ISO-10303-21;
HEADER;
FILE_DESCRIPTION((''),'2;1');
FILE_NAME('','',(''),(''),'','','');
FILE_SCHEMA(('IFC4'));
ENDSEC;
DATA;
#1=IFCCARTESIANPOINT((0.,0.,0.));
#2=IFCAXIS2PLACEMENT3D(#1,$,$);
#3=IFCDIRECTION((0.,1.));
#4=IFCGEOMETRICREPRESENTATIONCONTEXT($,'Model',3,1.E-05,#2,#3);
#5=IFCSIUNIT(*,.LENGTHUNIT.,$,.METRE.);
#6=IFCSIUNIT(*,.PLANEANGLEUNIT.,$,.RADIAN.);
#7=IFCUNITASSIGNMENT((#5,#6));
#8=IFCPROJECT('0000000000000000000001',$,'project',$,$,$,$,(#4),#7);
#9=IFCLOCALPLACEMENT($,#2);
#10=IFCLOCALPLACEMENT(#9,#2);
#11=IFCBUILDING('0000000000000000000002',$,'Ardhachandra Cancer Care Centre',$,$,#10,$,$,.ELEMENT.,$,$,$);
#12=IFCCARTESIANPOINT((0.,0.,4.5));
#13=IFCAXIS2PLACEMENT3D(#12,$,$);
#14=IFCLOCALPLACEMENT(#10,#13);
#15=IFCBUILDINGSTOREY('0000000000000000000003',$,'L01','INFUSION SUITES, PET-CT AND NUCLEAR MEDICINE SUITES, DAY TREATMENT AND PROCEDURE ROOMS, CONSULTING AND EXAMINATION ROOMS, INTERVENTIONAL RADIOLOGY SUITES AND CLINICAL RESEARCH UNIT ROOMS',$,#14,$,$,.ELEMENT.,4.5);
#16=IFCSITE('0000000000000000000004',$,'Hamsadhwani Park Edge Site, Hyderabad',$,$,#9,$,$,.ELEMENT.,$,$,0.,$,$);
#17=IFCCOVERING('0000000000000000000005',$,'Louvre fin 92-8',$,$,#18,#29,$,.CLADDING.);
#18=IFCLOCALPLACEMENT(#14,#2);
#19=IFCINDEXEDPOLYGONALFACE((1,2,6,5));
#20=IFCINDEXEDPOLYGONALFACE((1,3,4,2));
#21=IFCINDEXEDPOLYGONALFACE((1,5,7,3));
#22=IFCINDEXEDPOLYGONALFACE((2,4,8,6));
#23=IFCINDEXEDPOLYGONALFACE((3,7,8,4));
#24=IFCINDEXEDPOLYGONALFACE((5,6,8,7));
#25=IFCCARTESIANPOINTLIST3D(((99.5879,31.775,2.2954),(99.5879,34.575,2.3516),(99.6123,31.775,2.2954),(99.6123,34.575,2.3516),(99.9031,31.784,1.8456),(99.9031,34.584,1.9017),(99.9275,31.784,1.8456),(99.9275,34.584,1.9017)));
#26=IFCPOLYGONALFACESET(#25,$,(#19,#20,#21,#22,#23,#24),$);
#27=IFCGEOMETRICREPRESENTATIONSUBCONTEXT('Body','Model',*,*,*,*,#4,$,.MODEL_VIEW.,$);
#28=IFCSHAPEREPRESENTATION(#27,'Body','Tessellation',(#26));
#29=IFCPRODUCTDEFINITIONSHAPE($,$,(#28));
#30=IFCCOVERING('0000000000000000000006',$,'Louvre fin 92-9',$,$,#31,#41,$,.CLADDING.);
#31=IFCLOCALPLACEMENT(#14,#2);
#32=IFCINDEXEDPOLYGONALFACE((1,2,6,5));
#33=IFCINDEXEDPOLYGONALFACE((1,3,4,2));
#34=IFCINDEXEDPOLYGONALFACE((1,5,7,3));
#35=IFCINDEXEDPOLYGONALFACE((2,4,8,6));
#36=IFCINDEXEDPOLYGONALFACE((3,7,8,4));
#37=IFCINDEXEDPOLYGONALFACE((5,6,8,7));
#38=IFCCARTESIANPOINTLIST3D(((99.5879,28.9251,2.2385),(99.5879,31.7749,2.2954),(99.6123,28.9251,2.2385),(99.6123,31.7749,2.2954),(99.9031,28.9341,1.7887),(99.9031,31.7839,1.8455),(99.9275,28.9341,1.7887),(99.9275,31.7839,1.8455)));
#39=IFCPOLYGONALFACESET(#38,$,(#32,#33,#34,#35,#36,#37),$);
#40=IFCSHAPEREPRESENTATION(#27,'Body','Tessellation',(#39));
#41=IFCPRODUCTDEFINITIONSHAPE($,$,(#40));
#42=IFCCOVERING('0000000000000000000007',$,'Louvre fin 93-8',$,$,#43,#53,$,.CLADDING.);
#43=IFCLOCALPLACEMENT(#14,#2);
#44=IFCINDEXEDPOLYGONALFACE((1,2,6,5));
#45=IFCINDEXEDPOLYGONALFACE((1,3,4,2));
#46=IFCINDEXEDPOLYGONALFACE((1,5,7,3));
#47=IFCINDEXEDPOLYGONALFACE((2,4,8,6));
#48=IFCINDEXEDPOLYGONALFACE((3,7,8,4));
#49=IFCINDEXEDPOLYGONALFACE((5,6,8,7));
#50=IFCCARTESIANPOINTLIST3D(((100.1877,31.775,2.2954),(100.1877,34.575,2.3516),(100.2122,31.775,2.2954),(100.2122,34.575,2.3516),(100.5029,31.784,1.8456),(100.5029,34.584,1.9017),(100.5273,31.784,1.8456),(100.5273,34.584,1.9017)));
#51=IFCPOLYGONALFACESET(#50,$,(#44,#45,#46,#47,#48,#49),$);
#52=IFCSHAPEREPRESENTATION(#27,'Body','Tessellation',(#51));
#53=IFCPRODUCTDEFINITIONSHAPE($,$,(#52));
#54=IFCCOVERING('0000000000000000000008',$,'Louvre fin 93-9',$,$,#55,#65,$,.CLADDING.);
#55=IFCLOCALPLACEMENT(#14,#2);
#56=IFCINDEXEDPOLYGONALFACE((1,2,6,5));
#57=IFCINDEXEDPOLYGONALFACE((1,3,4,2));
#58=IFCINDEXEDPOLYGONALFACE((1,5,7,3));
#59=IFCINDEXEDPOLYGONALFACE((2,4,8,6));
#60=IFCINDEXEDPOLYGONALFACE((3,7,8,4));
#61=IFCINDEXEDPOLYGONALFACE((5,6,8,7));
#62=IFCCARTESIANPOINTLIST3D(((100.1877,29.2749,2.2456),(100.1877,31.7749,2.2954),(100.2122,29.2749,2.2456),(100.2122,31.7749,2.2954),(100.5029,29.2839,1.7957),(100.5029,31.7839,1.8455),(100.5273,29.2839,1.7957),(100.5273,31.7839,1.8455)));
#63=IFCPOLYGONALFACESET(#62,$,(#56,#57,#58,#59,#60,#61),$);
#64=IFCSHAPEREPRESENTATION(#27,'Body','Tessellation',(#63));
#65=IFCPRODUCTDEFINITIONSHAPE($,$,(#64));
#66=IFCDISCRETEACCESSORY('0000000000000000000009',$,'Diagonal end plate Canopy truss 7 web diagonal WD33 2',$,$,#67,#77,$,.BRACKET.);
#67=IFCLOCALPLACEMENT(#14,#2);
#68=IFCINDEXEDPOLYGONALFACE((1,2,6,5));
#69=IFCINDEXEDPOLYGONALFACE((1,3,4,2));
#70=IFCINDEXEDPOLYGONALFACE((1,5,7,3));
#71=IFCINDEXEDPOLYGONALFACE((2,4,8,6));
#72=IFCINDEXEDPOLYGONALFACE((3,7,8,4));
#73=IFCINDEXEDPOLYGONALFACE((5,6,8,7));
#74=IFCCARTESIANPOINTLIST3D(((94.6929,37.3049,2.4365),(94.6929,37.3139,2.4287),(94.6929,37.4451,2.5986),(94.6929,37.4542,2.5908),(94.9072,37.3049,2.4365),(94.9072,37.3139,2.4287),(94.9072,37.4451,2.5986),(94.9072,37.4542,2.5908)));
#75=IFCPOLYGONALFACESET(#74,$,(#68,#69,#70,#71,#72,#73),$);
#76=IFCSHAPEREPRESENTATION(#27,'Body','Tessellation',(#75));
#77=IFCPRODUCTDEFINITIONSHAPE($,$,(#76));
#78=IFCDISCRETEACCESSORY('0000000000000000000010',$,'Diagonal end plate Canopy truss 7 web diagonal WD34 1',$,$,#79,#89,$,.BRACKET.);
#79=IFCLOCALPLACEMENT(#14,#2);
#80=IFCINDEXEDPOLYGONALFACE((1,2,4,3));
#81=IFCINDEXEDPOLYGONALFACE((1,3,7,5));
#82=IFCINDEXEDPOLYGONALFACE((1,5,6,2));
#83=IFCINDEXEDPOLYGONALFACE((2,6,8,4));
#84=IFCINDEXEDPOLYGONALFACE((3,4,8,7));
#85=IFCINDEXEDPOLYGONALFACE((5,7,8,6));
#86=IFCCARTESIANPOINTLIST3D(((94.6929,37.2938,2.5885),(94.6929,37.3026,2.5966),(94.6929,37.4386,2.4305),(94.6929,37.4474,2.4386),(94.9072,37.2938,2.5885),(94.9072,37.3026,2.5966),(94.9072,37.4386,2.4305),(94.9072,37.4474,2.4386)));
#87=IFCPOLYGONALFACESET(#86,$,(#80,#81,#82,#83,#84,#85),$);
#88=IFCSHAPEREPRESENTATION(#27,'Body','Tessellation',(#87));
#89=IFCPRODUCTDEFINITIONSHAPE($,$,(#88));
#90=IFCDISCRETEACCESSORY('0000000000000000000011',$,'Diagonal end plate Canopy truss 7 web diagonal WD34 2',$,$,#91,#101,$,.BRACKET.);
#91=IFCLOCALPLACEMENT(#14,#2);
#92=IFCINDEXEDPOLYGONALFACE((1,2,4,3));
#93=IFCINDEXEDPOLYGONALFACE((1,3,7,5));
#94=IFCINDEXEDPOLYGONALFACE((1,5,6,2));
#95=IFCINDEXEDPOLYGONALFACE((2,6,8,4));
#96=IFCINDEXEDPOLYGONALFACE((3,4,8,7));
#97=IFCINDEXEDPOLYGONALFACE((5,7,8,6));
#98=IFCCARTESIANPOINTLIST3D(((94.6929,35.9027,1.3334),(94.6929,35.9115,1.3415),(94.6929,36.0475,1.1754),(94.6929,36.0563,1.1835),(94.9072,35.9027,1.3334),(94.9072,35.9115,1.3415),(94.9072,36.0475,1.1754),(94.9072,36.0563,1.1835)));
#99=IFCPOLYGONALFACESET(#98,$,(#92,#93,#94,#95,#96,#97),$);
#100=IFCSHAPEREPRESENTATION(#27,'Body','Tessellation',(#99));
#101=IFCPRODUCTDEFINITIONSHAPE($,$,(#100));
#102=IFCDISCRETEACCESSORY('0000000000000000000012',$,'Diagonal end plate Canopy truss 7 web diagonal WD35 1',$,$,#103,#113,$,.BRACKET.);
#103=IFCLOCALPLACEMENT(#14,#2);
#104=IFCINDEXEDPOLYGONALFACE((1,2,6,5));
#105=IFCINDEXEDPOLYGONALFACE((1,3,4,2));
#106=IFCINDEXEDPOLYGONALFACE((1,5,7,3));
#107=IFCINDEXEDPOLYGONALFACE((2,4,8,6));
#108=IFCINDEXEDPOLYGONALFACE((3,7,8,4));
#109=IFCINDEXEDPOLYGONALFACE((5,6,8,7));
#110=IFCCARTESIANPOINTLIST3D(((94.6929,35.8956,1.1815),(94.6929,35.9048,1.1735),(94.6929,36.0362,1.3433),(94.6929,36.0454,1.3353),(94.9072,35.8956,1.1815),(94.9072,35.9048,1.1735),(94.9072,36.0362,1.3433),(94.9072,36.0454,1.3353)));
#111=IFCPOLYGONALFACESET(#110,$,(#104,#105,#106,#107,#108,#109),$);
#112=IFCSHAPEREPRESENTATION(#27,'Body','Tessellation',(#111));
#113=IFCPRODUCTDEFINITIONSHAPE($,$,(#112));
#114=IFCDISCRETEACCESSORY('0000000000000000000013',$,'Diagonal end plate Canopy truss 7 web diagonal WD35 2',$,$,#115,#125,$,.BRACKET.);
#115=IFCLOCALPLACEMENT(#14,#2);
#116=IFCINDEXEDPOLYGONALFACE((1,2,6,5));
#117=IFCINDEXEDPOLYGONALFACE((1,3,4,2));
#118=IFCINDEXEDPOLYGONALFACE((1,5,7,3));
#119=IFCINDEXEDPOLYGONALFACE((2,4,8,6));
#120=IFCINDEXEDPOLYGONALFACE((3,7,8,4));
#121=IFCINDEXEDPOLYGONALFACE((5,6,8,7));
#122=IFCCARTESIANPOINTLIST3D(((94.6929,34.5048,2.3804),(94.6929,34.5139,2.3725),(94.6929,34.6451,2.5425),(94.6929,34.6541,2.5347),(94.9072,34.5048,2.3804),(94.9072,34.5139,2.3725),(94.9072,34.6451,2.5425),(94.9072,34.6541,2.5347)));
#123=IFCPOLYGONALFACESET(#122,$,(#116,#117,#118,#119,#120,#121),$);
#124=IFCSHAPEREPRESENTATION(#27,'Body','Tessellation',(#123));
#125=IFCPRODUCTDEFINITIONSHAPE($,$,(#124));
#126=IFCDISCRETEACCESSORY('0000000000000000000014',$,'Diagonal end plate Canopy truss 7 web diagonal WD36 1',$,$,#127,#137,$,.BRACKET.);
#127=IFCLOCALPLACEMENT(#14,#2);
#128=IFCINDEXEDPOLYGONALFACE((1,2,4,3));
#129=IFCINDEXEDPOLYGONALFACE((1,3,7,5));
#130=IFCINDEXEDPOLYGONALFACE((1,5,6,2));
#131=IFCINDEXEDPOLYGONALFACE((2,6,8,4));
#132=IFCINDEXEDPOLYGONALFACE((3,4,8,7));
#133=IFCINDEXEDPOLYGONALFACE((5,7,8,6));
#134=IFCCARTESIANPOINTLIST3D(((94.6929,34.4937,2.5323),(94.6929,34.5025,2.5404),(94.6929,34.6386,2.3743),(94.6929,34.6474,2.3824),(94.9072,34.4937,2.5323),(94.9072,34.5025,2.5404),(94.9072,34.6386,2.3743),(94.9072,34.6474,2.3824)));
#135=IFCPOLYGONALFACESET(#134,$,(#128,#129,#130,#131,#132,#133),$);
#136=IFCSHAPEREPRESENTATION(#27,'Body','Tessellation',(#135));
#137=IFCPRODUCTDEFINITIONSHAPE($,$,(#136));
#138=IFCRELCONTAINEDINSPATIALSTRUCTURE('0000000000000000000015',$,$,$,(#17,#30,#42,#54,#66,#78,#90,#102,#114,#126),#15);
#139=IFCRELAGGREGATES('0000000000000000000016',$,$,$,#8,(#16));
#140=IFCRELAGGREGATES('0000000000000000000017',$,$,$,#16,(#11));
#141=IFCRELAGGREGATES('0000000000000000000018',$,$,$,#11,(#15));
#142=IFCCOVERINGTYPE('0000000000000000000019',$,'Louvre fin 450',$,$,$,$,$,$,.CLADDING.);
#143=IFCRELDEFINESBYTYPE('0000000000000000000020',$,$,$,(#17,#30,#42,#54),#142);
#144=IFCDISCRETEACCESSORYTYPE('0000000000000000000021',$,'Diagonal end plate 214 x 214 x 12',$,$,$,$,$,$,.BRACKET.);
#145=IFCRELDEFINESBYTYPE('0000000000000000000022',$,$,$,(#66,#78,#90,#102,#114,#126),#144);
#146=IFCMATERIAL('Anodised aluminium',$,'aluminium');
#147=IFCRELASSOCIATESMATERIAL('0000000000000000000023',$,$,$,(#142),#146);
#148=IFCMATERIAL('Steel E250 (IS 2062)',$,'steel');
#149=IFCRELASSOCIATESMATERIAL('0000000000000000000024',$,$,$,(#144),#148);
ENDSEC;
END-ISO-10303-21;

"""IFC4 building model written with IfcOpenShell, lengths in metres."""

from ifc_helpers import new_model, si_unit, direction, frame, origin, origin_2d, place, context, subcontext, project, spatial, polyline, rectangle, outline, extrude, material, material_profile, profile_set, type_object, element, save


model = new_model("IFC4")

# Units and contexts
model_context = context("Model", 3, precision=1e-05, world=origin(), true_north=direction((0.0, 1.0)))
body_context = subcontext(model_context, "Body", "Model", "MODEL_VIEW")
ifc_project = project(units=[si_unit("LENGTHUNIT", "METRE"), si_unit("PLANEANGLEUNIT", "RADIAN")], contexts=[model_context])

# Site, building, storey
site_placement = place(None, origin())
site = spatial("IfcSite", under=ifc_project, at=site_placement, Name="Hamsadhwani Park Edge Site, Hyderabad", CompositionType="ELEMENT", RefElevation=0.0)
building_placement = place(site_placement, origin())
building = spatial("IfcBuilding", under=site, at=building_placement, Name="Ardhachandra Cancer Care Centre", CompositionType="ELEMENT")
storey_placement = place(building_placement, frame((0.0, 0.0, 4.5)))
storey = spatial("IfcBuildingStorey", under=building, at=storey_placement, Name="L01", Description="INFUSION SUITES, PET-CT AND NUCLEAR MEDICINE SUITES, DAY TREATMENT AND PROCEDURE ROOMS, CONSULTING AND EXAMINATION ROOMS, INTERVENTIONAL RADIOLOGY SUITES AND CLINICAL RESEARCH UNIT ROOMS", CompositionType="ELEMENT", Elevation=4.5)

# Coverings
ifc_material_1 = material(Name="Anodised aluminium", Category="aluminium")
ifc_material_profile_1 = material_profile(ifc_material_1, outline(polyline([(-0.0122, 0.0), (0.0122, 0.0), (0.3274, -0.45), (0.303, -0.45), (-0.0122, 0.0)])), Name="Louvre fin 450")
ifc_profile_set_1 = profile_set([ifc_material_profile_1], Name="Anodised aluminium")
covering_type = type_object("IfcCoveringType", Name="Louvre fin 450", PredefinedType="CLADDING", material=ifc_profile_set_1)
for number, where, z_axis, x_axis, name in (
    (1, (99.6001, 34.575, 2.3516), (0.0, -0.999799, -0.02005), (1.0, 0.0, 0.0), "Louvre fin 92-8"),
):
    element("IfcCovering", number, at=place(storey_placement, frame(where, z_axis=z_axis, x_axis=x_axis)), inside=storey, type_object=covering_type, Name=name, PredefinedType="CLADDING", context=body_context, shape_type="SweptSolid", body=[
        extrude(outline(polyline([(-0.0122, 0.0), (0.0122, 0.0), (0.3274, -0.45), (0.303, -0.45), (-0.0122, 0.0)])), origin(), (0.0, 0.0, 1.0), 2.8005),
    ])
covering_1_placement = place(storey_placement, frame((99.6001, 31.7749, 2.2954), z_axis=(0.0, -0.999801, -0.019957), x_axis=(1.0, 0.0, 0.0)))
element("IfcCovering", 2, at=covering_1_placement, inside=storey, type_object=covering_type, Name="Louvre fin 92-9", PredefinedType="CLADDING", context=body_context, shape_type="SweptSolid", body=[
    extrude(outline(polyline([(-0.0122, 0.0), (0.0122, 0.0), (0.3274, -0.45), (0.303, -0.45), (-0.0122, 0.0)])), origin(), (0.0, 0.0, 1.0), 2.8503),
])
covering_2_placement = place(storey_placement, frame((100.2, 34.575, 2.3516), z_axis=(0.0, -0.999799, -0.02005), x_axis=(1.0, 0.0, 0.0)))
element("IfcCovering", 3, at=covering_2_placement, inside=storey, type_object=covering_type, Name="Louvre fin 93-8", PredefinedType="CLADDING", context=body_context, shape_type="SweptSolid", body=[
    extrude(outline(polyline([(-0.0122, 0.0), (0.0122, 0.0), (0.3274, -0.45), (0.303, -0.45), (-0.0122, 0.0)])), origin(), (0.0, 0.0, 1.0), 2.8005),
])
covering_3_placement = place(storey_placement, frame((100.2, 31.7749, 2.2954), z_axis=(0.0, -0.999802, -0.019918), x_axis=(1.0, 0.0, 0.0)))
element("IfcCovering", 4, at=covering_3_placement, inside=storey, type_object=covering_type, Name="Louvre fin 93-9", PredefinedType="CLADDING", context=body_context, shape_type="SweptSolid", body=[
    extrude(outline(polyline([(-0.0122, 0.0), (0.0122, 0.0), (0.3274, -0.45), (0.303, -0.45), (-0.0122, 0.0)])), origin(), (0.0, 0.0, 1.0), 2.5005),
])

# Discrete accessories
ifc_material_2 = material(Name="Steel E250 (IS 2062)", Category="steel")
ifc_material_profile_2 = material_profile(ifc_material_2, rectangle(XDim=0.2144, YDim=0.2144, at=origin_2d()), Name="PL 214x214x12")
ifc_profile_set_2 = profile_set([ifc_material_profile_2], Name="Steel E250 (IS 2062)")
discrete_accessory_type = type_object("IfcDiscreteAccessoryType", Name="Diagonal end plate 214 x 214 x 12", PredefinedType="BRACKET", material=ifc_profile_set_2)
for number, where, z_axis, x_axis, name in (
    (5, (94.8, 37.375, 2.5176), (0.0, 0.756363, -0.654152), (-1.0, 0.0, 0.0), "Diagonal end plate Canopy truss 7 web diagonal WD33 2"),
    (6, (94.8, 37.375, 2.5176), (0.0, -0.737154, -0.675725), (1.0, 0.0, 0.0), "Diagonal end plate Canopy truss 7 web diagonal WD34 1"),
    (7, (94.8, 35.9751, 1.2544), (0.0, 0.737154, 0.675725), (-1.0, 0.0, 0.0), "Diagonal end plate Canopy truss 7 web diagonal WD34 2"),
):
    element("IfcDiscreteAccessory", number, at=place(storey_placement, frame(where, z_axis=z_axis, x_axis=x_axis)), inside=storey, type_object=discrete_accessory_type, Name=name, PredefinedType="BRACKET", context=body_context, shape_type="SweptSolid", body=[
        extrude(rectangle(XDim=0.2144, YDim=0.2144, at=origin_2d()), origin(), (0.0, 0.0, 1.0), 0.012),
    ])
discrete_accessory_placement = place(storey_placement, frame((94.8, 35.9751, 1.2544), z_axis=(0.0, -0.755033, 0.655687), x_axis=(1.0, 0.0, 0.0)))
element("IfcDiscreteAccessory", 8, at=discrete_accessory_placement, inside=storey, type_object=discrete_accessory_type, Name="Diagonal end plate Canopy truss 7 web diagonal WD35 1", PredefinedType="BRACKET", context=body_context, shape_type="SweptSolid", body=[
    extrude(rectangle(XDim=0.2144, YDim=0.2144, at=origin_2d()), origin(), (0.0, 0.0, 1.0), 0.0122),
])
for number, where, z_axis, x_axis, name in (
    (9, (94.8, 34.575, 2.4614), (0.0, 0.756363, -0.654152), (-1.0, 0.0, 0.0), "Diagonal end plate Canopy truss 7 web diagonal WD35 2"),
    (10, (94.8, 34.575, 2.4614), (0.0, -0.737154, -0.675725), (1.0, 0.0, 0.0), "Diagonal end plate Canopy truss 7 web diagonal WD36 1"),
):
    element("IfcDiscreteAccessory", number, at=place(storey_placement, frame(where, z_axis=z_axis, x_axis=x_axis)), inside=storey, type_object=discrete_accessory_type, Name=name, PredefinedType="BRACKET", context=body_context, shape_type="SweptSolid", body=[
        extrude(rectangle(XDim=0.2144, YDim=0.2144, at=origin_2d()), origin(), (0.0, 0.0, 1.0), 0.012),
    ])

save(model, "model.ifc")
